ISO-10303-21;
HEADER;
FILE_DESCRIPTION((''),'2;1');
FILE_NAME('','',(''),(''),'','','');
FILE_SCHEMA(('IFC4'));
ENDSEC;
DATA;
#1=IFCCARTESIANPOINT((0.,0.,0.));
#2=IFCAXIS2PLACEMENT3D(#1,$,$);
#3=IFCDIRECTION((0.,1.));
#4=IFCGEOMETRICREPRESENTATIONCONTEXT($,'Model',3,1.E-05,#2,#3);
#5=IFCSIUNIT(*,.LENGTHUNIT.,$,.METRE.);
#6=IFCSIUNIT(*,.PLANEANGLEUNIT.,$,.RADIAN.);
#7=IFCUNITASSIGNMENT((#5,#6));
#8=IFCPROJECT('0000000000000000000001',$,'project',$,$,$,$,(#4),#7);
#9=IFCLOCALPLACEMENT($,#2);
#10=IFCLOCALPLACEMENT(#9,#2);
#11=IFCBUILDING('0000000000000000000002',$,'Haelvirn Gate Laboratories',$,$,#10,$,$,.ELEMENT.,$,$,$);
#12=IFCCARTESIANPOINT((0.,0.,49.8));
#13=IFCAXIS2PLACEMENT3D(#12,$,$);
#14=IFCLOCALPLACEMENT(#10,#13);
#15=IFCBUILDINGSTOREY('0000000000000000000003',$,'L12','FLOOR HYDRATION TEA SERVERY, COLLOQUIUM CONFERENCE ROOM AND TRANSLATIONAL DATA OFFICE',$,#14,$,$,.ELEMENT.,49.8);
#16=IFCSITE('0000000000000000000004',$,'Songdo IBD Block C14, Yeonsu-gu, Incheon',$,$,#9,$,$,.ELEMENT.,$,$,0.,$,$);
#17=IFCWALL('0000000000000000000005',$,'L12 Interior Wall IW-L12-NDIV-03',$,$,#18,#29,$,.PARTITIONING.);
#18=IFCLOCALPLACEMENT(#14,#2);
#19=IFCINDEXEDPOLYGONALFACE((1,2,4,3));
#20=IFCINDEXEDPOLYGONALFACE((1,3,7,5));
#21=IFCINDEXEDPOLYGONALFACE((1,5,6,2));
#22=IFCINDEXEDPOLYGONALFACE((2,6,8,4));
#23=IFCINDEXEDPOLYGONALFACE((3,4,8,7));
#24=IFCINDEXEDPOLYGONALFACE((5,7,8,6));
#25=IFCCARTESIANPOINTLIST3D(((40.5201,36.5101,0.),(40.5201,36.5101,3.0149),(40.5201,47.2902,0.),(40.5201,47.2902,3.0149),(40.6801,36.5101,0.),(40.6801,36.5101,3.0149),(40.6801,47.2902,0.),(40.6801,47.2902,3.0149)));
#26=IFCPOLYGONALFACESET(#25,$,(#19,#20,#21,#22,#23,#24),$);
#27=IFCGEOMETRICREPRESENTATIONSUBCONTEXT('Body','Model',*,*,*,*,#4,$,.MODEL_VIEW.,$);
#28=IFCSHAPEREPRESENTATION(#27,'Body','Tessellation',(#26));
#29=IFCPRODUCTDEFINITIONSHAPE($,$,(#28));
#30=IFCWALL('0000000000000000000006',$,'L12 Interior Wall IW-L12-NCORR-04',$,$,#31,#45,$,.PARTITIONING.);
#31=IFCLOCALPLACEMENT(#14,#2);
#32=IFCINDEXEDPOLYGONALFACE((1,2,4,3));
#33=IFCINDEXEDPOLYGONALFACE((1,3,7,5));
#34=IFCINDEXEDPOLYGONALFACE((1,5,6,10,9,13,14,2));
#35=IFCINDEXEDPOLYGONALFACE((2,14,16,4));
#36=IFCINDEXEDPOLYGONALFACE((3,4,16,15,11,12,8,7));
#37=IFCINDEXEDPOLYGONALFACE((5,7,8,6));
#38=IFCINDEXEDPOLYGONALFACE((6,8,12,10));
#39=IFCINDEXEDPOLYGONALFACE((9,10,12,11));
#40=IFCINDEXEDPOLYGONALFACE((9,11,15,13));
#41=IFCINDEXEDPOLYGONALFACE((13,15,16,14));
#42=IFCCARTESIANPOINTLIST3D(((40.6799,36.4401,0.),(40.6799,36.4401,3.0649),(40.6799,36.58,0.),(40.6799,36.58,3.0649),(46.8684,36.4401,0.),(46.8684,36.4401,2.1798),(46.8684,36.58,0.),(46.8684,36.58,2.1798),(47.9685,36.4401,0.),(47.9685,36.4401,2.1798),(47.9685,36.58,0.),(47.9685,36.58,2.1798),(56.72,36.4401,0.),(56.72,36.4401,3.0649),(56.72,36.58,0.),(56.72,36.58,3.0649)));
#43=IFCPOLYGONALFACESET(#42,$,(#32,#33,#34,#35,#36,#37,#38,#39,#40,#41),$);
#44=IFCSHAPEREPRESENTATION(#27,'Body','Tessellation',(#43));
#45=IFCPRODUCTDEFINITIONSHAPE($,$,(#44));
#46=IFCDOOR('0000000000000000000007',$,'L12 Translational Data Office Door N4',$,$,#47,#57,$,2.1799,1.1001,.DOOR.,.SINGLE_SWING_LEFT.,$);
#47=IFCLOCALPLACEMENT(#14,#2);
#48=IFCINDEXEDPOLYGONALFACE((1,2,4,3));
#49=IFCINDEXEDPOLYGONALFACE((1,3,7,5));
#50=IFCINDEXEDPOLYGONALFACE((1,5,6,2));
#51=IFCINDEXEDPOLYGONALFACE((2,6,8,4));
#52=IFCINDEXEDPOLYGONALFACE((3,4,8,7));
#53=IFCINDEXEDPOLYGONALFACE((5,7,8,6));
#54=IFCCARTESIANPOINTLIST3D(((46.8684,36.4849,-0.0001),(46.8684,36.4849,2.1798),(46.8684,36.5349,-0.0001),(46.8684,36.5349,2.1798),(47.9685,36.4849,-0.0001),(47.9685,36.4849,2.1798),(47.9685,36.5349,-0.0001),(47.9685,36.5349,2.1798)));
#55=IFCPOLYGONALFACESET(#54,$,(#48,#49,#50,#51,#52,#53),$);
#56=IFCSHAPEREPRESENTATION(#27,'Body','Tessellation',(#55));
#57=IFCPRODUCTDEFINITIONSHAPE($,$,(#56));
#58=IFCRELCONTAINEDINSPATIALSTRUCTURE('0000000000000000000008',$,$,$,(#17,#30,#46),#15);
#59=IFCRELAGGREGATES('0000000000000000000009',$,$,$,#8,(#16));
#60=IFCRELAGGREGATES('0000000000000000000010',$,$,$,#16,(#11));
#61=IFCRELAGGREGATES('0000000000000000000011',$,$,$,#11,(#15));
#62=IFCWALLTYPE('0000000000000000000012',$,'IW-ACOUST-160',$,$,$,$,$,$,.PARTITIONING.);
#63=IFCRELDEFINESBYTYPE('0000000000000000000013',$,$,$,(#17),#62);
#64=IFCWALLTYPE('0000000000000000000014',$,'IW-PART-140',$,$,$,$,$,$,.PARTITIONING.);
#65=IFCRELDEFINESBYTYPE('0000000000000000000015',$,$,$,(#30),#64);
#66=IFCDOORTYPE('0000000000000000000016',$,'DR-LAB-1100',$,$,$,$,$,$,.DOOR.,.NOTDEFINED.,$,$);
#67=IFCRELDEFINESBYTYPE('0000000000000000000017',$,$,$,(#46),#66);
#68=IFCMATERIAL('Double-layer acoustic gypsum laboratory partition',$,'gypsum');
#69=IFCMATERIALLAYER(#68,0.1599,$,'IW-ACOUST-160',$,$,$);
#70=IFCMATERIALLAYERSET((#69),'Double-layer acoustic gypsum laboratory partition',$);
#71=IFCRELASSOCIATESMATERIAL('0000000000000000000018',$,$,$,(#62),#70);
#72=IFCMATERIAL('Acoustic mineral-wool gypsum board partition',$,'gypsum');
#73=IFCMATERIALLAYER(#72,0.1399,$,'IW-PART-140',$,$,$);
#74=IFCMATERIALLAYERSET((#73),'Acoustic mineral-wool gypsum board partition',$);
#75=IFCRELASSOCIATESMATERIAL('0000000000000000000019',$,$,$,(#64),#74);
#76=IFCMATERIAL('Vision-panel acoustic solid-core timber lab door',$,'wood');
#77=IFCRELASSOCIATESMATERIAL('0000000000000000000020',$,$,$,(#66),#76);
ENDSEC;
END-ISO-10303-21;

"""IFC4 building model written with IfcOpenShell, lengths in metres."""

from ifc_helpers import new_model, si_unit, direction, frame, frame_2d, origin, place, context, subcontext, project, spatial, rectangle, extrude, source, transform, mapped, material, layer, layer_set, type_object, type_shapes, element, fill, save


model = new_model("IFC4")

# Units and contexts
model_context = context("Model", 3, precision=1e-05, world=origin(), true_north=direction((0.0, 1.0)))
body_context = subcontext(model_context, "Body", "Model", "MODEL_VIEW")
ifc_project = project(units=[si_unit("LENGTHUNIT", "METRE"), si_unit("PLANEANGLEUNIT", "RADIAN")], contexts=[model_context])

# Site, building, storey
site_placement = place(None, origin())
site = spatial("IfcSite", under=ifc_project, at=site_placement, Name="Songdo IBD Block C14, Yeonsu-gu, Incheon", CompositionType="ELEMENT", RefElevation=0.0)
building_placement = place(site_placement, origin())
building = spatial("IfcBuilding", under=site, at=building_placement, Name="Haelvirn Gate Laboratories", CompositionType="ELEMENT")
storey_placement = place(building_placement, frame((0.0, 0.0, 49.8)))
storey = spatial("IfcBuildingStorey", under=building, at=storey_placement, Name="L12", Description="FLOOR HYDRATION TEA SERVERY, COLLOQUIUM CONFERENCE ROOM AND TRANSLATIONAL DATA OFFICE", CompositionType="ELEMENT", Elevation=49.8)

# Wall
ifc_material_1 = material(Name="Double-layer acoustic gypsum laboratory partition", Category="gypsum")
ifc_layer_1 = layer(ifc_material_1, 0.1599, Name="IW-ACOUST-160")
ifc_layer_set_1 = layer_set([ifc_layer_1], Name="Double-layer acoustic gypsum laboratory partition")
wall_type_1 = type_object("IfcWallType", Name="IW-ACOUST-160", PredefinedType="PARTITIONING", material=ifc_layer_set_1)
wall_1_placement = place(storey_placement, frame((40.6001, 36.51, 0.0), z_axis=(0.0, 0.0, 1.0), x_axis=(0.0, 1.0, 0.0)))
element("IfcWall", 1, at=wall_1_placement, inside=storey, type_object=wall_type_1, Name="L12 Interior Wall IW-L12-NDIV-03", PredefinedType="PARTITIONING", context=body_context, shape_type="SweptSolid", body=[
    extrude(rectangle(XDim=10.78, YDim=0.1599, at=frame_2d((5.3901, 0.0))), origin(), (0.0, 0.0, 1.0), 3.0149),
])

# Wall, opening, door
ifc_material_2 = material(Name="Acoustic mineral-wool gypsum board partition", Category="gypsum")
ifc_layer_2 = layer(ifc_material_2, 0.1399, Name="IW-PART-140")
ifc_layer_set_2 = layer_set([ifc_layer_2], Name="Acoustic mineral-wool gypsum board partition")
wall_type_2 = type_object("IfcWallType", Name="IW-PART-140", PredefinedType="PARTITIONING", material=ifc_layer_set_2)
wall_2_placement = place(storey_placement, frame((40.6799, 36.51, 0.0), z_axis=(0.0, 0.0, 1.0), x_axis=(1.0, 0.0, 0.0)))
wall_2 = element("IfcWall", 2, at=wall_2_placement, inside=storey, type_object=wall_type_2, Name="L12 Interior Wall IW-L12-NCORR-04", PredefinedType="PARTITIONING", context=body_context, shape_type="SweptSolid", body=[
    extrude(rectangle(XDim=16.04, YDim=0.1399, at=frame_2d((8.02, 0.0))), origin(), (0.0, 0.0, 1.0), 3.0649),
])
opening_placement = place(wall_2_placement, frame((6.1885, 0.0, 0.0)))
opening = element("IfcOpeningElement", 3, at=opening_placement, cuts=wall_2, PredefinedType="OPENING", context=body_context, shape_type="SweptSolid", body=[
    extrude(rectangle(XDim=1.1001, YDim=2.1799, at=frame_2d((0.55, 1.0898))), frame((0.0, 0.0801, 0.0), z_axis=(0.0, -1.0, 0.0), x_axis=(1.0, 0.0, 0.0)), (0.0, 0.0, 1.0), 0.1599),
])
ifc_material_3 = material(Name="Vision-panel acoustic solid-core timber lab door", Category="wood")
door_type = type_object("IfcDoorType", Name="DR-LAB-1100", OperationType="NOTDEFINED", PredefinedType="DOOR", material=ifc_material_3)
shared_shape_1 = source(origin(), body_context, "Body", "SweptSolid", [
    extrude(rectangle(XDim=1.1001, YDim=2.1799, at=frame_2d((0.55, 1.0898))), frame((0.0, 0.0249, 0.0), z_axis=(0.0, -1.0, 0.0), x_axis=(1.0, 0.0, 0.0)), (0.0, 0.0, 1.0), 0.05),
])
type_shapes(door_type, [shared_shape_1])
door_placement = place(opening_placement, origin())
door = element("IfcDoor", 4, at=door_placement, inside=storey, type_object=door_type, Name="L12 Translational Data Office Door N4", OperationType="SINGLE_SWING_LEFT", OverallHeight=2.1799, OverallWidth=1.1001, PredefinedType="DOOR", context=body_context, shape_type="MappedRepresentation", body=[
    mapped(shared_shape_1, transform((0.0, 0.0, 0.0), scale=1.0)),
])
fill(opening, door)

save(model, "model.ifc")
